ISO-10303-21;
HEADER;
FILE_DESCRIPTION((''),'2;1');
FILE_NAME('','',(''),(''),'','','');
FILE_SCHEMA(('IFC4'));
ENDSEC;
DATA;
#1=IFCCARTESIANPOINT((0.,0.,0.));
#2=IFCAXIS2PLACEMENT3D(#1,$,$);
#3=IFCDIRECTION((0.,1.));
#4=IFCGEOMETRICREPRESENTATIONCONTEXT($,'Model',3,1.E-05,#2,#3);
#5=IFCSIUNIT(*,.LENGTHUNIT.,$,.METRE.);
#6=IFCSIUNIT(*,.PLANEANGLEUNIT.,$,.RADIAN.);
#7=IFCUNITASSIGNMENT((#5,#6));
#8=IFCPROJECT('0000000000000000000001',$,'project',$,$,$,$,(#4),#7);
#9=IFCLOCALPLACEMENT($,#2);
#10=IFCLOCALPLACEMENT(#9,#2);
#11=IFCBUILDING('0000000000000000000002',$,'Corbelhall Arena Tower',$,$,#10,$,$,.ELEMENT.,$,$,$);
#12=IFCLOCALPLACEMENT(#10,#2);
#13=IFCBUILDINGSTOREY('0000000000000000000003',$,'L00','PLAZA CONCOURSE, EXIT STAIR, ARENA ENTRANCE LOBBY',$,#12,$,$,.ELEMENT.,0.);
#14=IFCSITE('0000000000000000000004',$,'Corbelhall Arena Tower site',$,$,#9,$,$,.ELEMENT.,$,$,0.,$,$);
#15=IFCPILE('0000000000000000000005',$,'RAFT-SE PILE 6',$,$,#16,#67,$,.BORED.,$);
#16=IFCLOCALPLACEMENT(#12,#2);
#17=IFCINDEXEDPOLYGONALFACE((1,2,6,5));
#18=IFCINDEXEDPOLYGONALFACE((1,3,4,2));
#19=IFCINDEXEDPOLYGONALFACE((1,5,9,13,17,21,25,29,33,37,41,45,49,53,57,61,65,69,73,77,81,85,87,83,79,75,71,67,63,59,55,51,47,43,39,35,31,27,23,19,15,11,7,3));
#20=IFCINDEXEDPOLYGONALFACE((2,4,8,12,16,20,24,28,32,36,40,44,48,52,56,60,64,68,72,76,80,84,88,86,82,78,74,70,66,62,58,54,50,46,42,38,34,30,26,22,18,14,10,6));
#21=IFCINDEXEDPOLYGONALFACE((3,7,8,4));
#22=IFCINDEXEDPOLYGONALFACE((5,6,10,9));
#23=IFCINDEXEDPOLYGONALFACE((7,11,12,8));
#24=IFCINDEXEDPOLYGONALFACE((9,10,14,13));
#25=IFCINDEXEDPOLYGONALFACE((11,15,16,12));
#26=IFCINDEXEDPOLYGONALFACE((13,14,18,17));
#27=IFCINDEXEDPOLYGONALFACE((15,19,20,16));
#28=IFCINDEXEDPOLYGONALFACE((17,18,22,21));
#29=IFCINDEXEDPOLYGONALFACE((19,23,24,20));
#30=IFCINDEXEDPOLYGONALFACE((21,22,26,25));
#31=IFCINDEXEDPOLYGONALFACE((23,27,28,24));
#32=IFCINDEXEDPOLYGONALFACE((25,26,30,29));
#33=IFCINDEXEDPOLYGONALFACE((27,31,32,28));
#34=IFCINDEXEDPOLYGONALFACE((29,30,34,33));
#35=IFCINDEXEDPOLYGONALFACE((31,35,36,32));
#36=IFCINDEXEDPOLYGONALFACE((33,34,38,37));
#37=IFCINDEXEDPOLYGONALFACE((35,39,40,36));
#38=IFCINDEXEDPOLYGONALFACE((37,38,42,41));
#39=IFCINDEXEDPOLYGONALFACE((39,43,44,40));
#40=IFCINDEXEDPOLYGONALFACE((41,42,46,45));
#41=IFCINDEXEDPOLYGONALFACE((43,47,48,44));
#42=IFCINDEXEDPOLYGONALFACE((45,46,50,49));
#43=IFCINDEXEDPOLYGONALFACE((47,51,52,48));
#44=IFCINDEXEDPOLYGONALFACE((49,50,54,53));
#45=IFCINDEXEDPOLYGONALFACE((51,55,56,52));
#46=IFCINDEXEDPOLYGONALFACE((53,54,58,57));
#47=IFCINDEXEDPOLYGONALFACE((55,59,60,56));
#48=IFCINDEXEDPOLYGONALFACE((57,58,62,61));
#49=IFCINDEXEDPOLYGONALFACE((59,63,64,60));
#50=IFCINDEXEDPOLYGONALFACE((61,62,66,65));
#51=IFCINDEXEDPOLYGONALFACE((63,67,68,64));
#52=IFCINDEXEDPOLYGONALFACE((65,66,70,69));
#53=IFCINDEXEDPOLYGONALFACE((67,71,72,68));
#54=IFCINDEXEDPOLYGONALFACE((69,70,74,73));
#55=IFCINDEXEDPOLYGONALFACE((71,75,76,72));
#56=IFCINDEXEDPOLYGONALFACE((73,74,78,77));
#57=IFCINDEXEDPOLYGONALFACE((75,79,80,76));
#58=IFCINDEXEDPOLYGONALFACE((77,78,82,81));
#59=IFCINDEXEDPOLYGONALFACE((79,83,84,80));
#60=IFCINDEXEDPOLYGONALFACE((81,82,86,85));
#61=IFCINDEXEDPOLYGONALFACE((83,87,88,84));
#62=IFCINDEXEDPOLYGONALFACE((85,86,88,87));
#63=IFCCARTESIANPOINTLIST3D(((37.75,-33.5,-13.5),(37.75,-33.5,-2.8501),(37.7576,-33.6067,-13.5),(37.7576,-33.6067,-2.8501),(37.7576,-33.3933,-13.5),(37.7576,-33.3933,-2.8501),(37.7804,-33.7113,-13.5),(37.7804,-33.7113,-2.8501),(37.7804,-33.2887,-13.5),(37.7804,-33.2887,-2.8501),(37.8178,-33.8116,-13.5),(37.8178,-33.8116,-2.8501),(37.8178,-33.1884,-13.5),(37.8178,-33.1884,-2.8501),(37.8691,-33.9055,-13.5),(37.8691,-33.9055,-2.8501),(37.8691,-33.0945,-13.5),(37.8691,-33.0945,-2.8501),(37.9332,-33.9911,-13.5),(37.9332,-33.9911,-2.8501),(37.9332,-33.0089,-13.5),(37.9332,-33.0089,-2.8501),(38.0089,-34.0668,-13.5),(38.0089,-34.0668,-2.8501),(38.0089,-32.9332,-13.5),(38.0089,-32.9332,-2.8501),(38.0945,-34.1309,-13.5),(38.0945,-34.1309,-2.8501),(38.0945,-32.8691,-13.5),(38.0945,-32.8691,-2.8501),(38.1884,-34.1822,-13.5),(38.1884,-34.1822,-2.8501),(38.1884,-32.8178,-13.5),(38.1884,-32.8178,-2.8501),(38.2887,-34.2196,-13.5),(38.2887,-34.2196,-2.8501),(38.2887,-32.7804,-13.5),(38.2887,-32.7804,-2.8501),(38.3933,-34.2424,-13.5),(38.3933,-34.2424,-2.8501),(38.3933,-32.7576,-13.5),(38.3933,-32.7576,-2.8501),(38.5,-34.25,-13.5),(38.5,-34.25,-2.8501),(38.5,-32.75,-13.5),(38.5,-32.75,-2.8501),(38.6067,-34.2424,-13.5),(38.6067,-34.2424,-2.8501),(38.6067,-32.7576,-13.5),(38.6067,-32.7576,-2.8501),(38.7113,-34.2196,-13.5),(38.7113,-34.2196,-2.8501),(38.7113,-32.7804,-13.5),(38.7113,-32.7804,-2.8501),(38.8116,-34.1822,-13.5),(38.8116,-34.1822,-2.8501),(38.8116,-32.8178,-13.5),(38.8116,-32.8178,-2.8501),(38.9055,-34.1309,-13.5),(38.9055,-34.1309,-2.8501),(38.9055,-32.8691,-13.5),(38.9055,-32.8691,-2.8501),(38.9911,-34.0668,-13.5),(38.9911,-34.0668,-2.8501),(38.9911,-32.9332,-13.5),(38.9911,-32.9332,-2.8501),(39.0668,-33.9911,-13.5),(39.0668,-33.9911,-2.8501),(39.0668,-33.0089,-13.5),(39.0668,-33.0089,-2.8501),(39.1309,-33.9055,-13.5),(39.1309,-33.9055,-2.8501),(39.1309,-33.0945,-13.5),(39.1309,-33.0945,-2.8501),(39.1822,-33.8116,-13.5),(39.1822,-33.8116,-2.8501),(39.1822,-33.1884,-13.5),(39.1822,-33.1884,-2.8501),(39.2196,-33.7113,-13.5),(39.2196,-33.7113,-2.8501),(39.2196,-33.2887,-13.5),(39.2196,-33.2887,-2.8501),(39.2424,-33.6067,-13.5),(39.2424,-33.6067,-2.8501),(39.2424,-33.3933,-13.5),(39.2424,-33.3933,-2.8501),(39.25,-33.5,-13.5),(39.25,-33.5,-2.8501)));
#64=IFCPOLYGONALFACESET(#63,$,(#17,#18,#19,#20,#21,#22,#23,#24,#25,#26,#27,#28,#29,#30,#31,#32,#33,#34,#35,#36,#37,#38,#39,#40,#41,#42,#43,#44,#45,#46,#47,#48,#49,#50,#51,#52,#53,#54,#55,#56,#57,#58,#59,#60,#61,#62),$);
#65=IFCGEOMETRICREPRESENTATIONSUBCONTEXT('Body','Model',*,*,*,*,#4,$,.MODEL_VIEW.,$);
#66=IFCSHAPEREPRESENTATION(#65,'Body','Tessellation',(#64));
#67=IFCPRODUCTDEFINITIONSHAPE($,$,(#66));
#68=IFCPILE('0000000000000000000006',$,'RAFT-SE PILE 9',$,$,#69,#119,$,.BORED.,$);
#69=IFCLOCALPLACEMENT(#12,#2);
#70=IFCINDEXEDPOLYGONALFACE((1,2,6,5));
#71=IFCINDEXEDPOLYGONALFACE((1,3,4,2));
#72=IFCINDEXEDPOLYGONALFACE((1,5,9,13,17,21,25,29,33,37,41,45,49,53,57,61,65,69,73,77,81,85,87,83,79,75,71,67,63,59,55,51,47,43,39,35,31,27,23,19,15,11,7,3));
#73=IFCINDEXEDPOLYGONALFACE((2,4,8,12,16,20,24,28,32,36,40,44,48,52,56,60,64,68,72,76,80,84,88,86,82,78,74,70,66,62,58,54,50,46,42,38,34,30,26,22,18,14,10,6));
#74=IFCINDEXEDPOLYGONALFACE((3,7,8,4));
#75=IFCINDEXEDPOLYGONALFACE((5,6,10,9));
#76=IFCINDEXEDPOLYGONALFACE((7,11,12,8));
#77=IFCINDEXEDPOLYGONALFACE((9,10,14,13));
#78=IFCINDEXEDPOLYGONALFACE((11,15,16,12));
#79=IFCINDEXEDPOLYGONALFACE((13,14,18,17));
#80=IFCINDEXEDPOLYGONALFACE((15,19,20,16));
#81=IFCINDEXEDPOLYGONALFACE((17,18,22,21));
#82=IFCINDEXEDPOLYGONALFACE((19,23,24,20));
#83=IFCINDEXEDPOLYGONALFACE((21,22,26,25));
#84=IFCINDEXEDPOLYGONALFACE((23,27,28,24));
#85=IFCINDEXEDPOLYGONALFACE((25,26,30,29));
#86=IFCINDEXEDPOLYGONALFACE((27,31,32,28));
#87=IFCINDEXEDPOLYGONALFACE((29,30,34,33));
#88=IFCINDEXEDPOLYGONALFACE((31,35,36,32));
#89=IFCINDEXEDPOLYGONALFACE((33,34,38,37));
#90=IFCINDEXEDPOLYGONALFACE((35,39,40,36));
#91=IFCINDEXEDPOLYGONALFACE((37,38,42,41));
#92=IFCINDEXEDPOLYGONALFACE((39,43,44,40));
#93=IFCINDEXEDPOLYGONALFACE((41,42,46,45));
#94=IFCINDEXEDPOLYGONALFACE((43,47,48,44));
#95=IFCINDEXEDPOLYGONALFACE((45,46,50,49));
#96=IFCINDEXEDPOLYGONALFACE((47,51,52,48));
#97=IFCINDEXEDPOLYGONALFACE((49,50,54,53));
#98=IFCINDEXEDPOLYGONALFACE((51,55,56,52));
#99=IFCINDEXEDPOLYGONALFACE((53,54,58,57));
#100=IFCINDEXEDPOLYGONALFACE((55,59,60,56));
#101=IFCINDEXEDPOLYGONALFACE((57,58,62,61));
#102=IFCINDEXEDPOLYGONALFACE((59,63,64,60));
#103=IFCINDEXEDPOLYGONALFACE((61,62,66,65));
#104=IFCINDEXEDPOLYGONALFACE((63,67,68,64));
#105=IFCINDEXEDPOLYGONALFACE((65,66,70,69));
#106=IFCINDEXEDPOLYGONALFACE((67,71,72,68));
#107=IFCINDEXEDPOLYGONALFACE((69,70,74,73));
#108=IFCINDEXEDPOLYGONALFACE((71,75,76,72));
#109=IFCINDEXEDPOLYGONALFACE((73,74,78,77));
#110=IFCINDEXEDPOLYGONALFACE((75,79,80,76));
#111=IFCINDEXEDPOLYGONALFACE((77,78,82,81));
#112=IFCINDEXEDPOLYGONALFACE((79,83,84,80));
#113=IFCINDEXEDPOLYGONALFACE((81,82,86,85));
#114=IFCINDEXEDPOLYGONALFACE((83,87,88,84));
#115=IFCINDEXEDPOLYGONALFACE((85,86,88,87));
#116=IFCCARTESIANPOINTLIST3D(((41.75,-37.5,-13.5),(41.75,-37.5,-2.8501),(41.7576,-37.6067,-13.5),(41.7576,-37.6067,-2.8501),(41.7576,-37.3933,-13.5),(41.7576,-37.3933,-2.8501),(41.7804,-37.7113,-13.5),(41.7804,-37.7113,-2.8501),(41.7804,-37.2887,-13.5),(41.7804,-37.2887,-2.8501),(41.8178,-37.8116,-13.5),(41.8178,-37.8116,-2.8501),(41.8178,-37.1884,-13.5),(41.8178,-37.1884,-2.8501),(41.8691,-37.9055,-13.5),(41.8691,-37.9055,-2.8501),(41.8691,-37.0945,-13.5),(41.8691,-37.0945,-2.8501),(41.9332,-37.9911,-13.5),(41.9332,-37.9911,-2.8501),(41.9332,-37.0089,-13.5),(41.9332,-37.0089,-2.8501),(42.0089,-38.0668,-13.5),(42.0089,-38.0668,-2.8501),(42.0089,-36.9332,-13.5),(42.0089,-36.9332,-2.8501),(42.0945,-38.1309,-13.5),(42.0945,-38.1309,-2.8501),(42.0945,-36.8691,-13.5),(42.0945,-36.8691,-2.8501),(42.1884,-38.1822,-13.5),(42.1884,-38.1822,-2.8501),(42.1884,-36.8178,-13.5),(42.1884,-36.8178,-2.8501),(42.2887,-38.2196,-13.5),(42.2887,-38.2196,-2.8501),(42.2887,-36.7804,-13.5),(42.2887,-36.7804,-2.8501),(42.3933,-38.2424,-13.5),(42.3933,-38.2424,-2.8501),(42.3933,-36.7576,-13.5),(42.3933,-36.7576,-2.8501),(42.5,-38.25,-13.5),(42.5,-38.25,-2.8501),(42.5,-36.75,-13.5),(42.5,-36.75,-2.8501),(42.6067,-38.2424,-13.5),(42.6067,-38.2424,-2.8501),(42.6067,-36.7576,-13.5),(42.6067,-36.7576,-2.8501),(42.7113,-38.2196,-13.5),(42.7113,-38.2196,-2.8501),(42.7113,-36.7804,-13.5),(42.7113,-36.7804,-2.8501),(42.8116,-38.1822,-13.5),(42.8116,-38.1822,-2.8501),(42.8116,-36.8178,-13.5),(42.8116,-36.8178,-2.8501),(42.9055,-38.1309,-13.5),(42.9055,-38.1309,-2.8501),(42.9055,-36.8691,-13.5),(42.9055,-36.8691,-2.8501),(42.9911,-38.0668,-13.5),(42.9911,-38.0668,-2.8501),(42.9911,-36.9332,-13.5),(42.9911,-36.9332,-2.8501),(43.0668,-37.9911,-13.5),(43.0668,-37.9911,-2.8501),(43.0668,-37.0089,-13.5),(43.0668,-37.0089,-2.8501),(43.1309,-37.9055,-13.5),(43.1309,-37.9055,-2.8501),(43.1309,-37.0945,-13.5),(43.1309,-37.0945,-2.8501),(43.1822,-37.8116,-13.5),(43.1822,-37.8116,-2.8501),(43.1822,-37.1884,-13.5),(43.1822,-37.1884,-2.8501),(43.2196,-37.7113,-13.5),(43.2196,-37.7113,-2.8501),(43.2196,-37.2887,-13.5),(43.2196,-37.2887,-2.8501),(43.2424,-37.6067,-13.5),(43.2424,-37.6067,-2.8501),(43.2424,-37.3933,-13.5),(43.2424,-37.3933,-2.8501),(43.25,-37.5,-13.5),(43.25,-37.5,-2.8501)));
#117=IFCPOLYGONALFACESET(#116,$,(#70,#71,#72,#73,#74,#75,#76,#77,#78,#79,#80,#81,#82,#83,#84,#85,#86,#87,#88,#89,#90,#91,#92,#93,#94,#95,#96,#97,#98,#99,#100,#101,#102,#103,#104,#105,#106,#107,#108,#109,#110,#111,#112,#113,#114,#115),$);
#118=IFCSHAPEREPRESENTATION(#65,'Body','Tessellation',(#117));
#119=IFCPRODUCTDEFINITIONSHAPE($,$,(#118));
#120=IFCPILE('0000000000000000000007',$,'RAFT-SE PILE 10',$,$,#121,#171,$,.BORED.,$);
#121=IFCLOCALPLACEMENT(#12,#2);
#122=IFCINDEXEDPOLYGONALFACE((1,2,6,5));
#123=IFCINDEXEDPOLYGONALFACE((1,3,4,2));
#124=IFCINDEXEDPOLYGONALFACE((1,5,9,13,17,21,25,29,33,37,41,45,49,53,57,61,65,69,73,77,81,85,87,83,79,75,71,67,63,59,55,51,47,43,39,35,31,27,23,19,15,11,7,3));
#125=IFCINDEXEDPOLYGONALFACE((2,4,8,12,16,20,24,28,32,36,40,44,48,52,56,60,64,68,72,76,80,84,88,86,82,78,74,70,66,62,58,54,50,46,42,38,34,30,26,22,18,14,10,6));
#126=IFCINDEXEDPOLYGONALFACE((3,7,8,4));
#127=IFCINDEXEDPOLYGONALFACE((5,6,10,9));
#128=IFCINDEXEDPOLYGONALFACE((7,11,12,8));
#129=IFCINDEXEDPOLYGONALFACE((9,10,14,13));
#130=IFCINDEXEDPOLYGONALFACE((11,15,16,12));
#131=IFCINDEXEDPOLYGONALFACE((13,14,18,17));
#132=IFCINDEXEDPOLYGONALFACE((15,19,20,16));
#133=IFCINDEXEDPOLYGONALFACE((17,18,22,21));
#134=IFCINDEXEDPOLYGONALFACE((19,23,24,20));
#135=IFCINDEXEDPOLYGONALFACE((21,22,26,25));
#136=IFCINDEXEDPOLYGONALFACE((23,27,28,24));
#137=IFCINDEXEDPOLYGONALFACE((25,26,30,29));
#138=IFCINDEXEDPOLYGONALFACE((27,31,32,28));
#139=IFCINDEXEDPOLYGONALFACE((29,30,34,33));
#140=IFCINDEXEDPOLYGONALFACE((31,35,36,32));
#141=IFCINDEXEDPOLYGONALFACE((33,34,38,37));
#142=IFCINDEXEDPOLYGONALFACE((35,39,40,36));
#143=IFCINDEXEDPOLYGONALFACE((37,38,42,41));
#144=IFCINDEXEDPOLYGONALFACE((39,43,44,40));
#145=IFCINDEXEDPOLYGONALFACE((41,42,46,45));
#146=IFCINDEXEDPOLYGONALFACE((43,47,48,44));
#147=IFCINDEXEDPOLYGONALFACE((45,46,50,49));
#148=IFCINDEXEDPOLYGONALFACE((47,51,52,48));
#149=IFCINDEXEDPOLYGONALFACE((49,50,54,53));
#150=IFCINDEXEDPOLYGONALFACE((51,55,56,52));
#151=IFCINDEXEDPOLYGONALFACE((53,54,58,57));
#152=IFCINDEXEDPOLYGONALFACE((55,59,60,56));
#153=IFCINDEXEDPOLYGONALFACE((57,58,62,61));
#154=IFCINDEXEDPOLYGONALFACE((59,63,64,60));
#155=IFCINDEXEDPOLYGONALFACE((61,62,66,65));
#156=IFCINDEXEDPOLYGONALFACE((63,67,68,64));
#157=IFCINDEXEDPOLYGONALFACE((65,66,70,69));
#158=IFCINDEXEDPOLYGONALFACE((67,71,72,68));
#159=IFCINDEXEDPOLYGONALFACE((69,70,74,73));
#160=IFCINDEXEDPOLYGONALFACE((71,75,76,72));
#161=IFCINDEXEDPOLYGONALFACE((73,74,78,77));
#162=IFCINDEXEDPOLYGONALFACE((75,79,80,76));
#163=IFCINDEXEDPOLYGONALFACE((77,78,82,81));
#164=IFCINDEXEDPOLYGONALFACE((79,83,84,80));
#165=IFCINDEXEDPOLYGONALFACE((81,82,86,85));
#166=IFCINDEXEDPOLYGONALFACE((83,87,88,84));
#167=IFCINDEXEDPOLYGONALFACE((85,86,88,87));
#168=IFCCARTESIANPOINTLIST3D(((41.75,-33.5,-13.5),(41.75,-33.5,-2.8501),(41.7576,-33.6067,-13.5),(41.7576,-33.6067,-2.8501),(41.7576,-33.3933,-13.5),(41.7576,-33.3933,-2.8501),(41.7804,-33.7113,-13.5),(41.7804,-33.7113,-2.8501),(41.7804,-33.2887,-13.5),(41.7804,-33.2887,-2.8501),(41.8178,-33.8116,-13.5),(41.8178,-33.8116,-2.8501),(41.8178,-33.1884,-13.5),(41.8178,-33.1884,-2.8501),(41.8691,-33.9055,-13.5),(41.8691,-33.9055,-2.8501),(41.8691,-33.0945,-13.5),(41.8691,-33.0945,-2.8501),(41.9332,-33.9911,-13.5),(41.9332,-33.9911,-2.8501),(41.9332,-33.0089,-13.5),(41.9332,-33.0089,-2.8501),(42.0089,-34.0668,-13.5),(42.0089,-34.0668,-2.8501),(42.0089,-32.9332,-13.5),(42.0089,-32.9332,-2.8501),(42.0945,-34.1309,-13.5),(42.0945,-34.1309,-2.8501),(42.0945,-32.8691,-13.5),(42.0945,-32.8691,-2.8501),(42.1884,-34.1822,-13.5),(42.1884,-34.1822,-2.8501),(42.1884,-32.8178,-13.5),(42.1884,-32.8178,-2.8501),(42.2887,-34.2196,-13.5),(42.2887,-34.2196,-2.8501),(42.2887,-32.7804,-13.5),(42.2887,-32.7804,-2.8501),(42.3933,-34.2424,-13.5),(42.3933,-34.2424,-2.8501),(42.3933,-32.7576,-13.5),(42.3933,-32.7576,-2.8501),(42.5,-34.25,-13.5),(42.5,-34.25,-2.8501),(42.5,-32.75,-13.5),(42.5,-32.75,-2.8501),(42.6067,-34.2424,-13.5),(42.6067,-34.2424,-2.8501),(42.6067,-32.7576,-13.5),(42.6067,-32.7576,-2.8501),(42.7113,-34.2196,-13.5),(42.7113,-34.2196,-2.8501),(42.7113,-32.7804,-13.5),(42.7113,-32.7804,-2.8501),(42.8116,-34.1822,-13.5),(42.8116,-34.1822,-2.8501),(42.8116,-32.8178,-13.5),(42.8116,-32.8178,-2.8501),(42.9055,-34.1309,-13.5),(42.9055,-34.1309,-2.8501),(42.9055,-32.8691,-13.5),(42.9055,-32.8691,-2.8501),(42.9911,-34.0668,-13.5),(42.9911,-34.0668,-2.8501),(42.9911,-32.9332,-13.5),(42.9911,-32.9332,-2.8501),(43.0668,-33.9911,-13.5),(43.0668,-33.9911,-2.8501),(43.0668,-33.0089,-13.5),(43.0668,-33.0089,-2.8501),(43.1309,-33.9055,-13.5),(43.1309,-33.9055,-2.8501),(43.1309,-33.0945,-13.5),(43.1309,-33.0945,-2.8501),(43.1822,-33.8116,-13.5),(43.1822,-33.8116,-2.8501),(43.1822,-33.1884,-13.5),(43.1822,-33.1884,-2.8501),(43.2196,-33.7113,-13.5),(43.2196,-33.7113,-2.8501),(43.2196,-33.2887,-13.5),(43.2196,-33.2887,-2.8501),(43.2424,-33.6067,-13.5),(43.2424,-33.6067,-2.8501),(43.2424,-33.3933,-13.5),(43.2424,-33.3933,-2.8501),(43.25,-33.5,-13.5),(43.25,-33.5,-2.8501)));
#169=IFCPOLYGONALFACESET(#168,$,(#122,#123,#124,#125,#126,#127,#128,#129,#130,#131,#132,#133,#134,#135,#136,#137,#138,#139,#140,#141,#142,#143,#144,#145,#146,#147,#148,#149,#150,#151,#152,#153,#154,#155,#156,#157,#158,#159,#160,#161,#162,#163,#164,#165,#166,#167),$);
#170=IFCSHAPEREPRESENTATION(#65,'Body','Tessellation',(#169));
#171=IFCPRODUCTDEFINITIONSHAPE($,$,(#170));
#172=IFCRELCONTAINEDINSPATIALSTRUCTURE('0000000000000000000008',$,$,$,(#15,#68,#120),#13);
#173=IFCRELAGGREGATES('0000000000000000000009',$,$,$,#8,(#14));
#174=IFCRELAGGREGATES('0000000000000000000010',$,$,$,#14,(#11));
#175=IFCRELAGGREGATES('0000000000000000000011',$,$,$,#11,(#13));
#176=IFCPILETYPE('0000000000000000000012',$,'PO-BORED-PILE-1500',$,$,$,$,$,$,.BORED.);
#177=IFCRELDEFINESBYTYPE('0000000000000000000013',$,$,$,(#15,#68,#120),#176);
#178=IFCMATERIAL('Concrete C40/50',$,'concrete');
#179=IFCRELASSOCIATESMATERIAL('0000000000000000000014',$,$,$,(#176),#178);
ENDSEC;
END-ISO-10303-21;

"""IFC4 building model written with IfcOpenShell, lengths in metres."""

from ifc_helpers import new_model, si_unit, direction, frame, origin, origin_2d, place, context, subcontext, project, spatial, circle, extrude, material, material_profile, profile_set, type_object, element, save


model = new_model("IFC4")

# Units and contexts
model_context = context("Model", 3, precision=1e-05, world=origin(), true_north=direction((0.0, 1.0)))
body_context = subcontext(model_context, "Body", "Model", "MODEL_VIEW")
ifc_project = project(units=[si_unit("LENGTHUNIT", "METRE"), si_unit("PLANEANGLEUNIT", "RADIAN")], contexts=[model_context])

# Site, building, storey
site_placement = place(None, origin())
site = spatial("IfcSite", under=ifc_project, at=site_placement, Name="Corbelhall Arena Tower site", CompositionType="ELEMENT", RefElevation=0.0)
building_placement = place(site_placement, origin())
building = spatial("IfcBuilding", under=site, at=building_placement, Name="Corbelhall Arena Tower", CompositionType="ELEMENT")
storey_placement = place(building_placement, origin())
storey = spatial("IfcBuildingStorey", under=building, at=storey_placement, Name="L00", Description="PLAZA CONCOURSE, EXIT STAIR, ARENA ENTRANCE LOBBY", CompositionType="ELEMENT", Elevation=0.0)

# Piles
ifc_material_1 = material(Name="Concrete C40/50", Category="concrete")
ifc_material_profile = material_profile(ifc_material_1, circle(Radius=0.75, at=origin_2d()))
ifc_profile_set = profile_set([ifc_material_profile], Name="Concrete C40/50")
pile_type = type_object("IfcPileType", Name="PO-BORED-PILE-1500", PredefinedType="BORED", material=ifc_profile_set)
for number, where, z_axis, x_axis, name in (
    (1, (38.5, -33.5, -2.8501), (0.0, 0.0, -1.0), (1.0, 0.0, 0.0), "RAFT-SE PILE 6"),
    (2, (42.5, -37.5, -2.8501), (0.0, 0.0, -1.0), (1.0, 0.0, 0.0), "RAFT-SE PILE 9"),
    (3, (42.5, -33.5, -2.8501), (0.0, 0.0, -1.0), (1.0, 0.0, 0.0), "RAFT-SE PILE 10"),
):
    element("IfcPile", number, at=place(storey_placement, frame(where, z_axis=z_axis, x_axis=x_axis)), inside=storey, type_object=pile_type, Name=name, PredefinedType="BORED", context=body_context, shape_type="SweptSolid", body=[
        extrude(circle(Radius=0.75, at=origin_2d()), origin(), (0.0, 0.0, 1.0), 10.6499),
    ])

save(model, "model.ifc")
